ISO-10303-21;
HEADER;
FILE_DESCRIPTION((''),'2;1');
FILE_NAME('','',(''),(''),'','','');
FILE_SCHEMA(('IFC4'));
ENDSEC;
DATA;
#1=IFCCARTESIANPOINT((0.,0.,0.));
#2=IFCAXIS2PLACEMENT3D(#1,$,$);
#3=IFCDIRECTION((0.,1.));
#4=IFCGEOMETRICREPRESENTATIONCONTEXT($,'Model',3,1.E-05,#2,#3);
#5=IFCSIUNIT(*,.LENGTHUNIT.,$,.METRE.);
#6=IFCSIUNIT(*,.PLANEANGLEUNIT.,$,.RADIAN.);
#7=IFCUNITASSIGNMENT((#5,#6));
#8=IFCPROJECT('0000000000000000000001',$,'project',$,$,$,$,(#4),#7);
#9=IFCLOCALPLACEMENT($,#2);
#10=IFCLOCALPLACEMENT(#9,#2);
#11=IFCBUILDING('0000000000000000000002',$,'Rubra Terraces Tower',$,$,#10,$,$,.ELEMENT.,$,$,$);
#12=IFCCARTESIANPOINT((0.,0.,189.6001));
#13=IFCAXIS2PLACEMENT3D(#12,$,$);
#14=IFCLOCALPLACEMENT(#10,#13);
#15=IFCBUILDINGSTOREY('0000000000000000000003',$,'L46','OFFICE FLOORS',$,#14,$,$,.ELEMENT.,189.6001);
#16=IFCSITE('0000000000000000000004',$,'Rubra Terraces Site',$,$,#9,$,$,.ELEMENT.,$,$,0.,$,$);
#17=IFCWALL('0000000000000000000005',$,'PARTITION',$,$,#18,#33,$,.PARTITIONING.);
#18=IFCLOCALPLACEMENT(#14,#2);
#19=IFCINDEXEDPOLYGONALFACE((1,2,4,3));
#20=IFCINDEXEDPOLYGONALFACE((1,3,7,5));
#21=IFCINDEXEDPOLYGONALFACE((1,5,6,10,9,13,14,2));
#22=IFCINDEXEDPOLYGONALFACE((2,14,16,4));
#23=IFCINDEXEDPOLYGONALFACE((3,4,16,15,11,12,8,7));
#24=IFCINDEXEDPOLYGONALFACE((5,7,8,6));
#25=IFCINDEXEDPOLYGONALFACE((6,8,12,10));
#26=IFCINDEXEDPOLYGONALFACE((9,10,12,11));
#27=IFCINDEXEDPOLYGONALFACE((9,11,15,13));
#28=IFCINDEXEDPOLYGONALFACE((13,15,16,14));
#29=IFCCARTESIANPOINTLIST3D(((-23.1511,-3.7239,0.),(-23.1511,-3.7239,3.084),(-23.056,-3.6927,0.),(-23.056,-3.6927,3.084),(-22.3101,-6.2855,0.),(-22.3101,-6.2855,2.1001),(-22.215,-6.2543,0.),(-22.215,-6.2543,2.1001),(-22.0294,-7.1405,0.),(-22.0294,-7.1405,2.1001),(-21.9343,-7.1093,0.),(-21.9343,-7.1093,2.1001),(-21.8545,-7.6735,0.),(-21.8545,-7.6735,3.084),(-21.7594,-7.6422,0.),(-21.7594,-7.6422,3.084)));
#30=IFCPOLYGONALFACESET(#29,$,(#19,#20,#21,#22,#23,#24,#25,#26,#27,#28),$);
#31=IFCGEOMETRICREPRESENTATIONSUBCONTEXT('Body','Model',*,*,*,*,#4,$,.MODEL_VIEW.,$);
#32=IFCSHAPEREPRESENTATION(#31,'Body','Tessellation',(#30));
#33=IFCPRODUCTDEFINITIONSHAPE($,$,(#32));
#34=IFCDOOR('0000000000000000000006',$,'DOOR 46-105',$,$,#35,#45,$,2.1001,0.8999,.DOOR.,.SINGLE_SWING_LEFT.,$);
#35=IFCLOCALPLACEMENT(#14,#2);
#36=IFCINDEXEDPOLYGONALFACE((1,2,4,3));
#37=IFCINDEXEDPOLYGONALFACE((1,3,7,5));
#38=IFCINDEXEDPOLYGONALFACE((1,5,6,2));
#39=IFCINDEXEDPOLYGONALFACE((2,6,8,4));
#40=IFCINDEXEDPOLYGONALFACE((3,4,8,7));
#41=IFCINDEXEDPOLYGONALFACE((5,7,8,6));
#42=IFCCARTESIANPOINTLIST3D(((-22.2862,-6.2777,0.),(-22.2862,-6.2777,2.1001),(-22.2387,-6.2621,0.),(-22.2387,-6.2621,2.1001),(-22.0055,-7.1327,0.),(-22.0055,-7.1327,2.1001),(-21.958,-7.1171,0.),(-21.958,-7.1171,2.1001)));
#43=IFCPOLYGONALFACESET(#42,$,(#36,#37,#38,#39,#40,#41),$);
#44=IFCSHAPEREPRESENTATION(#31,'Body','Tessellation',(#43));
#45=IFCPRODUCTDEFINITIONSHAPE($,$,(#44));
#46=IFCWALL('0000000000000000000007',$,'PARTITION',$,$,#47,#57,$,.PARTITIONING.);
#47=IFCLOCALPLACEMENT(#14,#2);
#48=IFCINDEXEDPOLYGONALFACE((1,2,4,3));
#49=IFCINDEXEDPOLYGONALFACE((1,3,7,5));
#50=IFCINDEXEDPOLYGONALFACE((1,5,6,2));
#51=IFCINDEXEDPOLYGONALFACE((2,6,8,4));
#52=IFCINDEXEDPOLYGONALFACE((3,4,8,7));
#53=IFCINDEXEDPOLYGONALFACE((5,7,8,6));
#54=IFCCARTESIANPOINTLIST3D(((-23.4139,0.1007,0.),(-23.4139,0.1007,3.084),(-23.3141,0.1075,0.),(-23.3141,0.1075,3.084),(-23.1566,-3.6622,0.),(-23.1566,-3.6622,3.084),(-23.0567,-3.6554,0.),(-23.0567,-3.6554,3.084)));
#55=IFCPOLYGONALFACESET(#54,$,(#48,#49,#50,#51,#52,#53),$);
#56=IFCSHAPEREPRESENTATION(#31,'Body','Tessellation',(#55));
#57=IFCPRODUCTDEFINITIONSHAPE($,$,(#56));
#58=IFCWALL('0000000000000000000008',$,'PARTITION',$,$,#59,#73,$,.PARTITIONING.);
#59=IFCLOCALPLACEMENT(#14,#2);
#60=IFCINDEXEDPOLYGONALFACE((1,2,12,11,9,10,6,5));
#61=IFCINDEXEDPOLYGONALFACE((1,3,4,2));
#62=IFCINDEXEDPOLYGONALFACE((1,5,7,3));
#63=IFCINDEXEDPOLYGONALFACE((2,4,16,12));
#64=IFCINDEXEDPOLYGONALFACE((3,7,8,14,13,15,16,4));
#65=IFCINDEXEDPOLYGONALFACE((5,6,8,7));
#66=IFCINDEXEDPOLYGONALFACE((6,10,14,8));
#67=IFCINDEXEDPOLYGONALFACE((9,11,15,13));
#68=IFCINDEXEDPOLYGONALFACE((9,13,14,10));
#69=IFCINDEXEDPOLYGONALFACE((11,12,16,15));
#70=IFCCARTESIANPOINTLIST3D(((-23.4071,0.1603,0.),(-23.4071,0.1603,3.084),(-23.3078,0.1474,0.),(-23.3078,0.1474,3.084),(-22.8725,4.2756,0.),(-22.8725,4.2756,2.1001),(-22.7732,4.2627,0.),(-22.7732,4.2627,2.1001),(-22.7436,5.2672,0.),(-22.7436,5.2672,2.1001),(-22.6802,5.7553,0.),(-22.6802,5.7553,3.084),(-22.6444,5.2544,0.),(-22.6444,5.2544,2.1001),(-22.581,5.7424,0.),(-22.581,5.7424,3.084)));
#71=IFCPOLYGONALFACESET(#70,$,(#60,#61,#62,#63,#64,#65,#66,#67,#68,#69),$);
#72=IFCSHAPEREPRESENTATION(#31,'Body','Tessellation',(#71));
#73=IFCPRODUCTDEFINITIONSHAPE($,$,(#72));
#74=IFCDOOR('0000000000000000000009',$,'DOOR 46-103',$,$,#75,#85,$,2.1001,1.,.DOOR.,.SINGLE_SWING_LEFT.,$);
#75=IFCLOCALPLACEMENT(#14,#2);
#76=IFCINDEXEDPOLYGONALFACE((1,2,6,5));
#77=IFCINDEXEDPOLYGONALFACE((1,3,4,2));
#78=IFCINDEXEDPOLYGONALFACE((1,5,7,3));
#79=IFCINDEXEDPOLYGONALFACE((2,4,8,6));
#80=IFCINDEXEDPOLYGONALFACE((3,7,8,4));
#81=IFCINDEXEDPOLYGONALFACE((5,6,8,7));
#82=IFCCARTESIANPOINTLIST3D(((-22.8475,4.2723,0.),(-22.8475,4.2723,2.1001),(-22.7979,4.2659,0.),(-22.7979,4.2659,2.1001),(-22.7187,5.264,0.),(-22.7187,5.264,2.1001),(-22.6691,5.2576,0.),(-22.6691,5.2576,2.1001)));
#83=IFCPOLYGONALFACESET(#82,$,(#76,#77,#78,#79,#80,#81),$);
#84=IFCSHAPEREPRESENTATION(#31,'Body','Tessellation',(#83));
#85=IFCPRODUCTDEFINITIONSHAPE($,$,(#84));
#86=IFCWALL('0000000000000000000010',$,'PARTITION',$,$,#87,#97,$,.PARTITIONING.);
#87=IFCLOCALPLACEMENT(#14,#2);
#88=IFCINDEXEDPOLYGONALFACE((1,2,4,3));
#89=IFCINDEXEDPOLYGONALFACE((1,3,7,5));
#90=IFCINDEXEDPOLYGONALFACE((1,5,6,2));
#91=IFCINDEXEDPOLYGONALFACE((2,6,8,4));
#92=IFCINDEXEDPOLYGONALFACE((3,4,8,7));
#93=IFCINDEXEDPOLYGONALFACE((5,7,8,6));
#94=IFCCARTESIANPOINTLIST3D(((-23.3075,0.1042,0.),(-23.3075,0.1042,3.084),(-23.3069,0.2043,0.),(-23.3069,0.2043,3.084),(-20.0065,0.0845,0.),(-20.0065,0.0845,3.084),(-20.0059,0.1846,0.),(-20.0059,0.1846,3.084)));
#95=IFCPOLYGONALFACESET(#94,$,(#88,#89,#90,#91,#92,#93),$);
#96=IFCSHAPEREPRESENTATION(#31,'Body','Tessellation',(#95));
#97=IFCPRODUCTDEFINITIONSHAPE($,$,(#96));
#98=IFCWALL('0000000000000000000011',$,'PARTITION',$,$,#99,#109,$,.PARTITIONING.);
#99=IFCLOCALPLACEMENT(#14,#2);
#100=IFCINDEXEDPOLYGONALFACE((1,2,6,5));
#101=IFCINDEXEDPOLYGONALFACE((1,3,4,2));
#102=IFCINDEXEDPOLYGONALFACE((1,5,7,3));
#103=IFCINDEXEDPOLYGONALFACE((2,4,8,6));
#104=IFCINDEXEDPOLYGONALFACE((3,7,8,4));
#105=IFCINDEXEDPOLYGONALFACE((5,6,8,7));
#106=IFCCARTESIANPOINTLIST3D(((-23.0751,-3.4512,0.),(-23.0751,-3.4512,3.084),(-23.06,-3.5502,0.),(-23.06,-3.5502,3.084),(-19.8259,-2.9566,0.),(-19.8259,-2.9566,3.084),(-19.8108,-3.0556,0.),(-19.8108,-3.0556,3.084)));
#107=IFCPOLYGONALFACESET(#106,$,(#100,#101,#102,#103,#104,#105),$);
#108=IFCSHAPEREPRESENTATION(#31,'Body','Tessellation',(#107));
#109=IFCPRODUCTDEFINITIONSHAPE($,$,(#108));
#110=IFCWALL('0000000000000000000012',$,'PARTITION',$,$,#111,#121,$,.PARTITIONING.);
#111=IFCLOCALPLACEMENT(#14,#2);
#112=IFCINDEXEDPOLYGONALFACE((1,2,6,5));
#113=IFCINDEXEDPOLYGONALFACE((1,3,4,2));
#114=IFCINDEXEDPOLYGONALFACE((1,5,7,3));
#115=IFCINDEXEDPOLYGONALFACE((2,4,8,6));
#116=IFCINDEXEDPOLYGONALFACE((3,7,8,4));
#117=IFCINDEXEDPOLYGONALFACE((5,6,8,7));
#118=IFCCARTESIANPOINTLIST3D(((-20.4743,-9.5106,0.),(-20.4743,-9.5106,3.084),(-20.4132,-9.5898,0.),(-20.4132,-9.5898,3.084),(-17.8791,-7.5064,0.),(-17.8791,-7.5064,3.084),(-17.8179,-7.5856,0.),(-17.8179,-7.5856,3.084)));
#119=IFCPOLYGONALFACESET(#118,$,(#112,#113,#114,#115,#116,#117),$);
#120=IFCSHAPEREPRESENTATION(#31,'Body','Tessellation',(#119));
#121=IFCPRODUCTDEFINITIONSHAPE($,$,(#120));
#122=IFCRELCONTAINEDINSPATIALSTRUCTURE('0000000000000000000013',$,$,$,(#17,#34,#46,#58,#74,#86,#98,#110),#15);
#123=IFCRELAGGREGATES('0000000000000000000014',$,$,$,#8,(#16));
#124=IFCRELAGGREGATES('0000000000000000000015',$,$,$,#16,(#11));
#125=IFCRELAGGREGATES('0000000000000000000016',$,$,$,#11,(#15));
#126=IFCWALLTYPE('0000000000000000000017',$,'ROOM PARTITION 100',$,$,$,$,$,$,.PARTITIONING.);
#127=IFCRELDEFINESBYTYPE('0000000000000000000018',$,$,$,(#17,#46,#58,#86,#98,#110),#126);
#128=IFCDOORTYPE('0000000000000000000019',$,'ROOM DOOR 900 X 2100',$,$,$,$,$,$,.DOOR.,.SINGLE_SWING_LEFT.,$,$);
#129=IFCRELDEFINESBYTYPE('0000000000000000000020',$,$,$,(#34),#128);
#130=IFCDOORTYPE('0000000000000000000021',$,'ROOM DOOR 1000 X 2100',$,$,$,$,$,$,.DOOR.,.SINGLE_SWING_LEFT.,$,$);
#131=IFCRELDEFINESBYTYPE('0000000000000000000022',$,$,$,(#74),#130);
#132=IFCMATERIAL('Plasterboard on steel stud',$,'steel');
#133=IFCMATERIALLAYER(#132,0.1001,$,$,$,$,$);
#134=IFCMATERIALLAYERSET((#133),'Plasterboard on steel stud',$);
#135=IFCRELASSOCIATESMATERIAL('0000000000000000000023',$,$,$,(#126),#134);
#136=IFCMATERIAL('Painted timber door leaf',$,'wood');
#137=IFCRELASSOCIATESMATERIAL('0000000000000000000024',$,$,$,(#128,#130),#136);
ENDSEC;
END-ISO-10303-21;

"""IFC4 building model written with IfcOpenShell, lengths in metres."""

from ifc_helpers import new_model, si_unit, direction, frame, frame_2d, origin, place, context, subcontext, project, spatial, rectangle, extrude, material, layer, layer_set, type_object, element, fill, save


model = new_model("IFC4")

# Units and contexts
model_context = context("Model", 3, precision=1e-05, world=origin(), true_north=direction((0.0, 1.0)))
body_context = subcontext(model_context, "Body", "Model", "MODEL_VIEW")
ifc_project = project(units=[si_unit("LENGTHUNIT", "METRE"), si_unit("PLANEANGLEUNIT", "RADIAN")], contexts=[model_context])

# Site, building, storey
site_placement = place(None, origin())
site = spatial("IfcSite", under=ifc_project, at=site_placement, Name="Rubra Terraces Site", CompositionType="ELEMENT", RefElevation=0.0)
building_placement = place(site_placement, origin())
building = spatial("IfcBuilding", under=site, at=building_placement, Name="Rubra Terraces Tower", CompositionType="ELEMENT")
storey_placement = place(building_placement, frame((0.0, 0.0, 189.6001)))
storey = spatial("IfcBuildingStorey", under=building, at=storey_placement, Name="L46", Description="OFFICE FLOORS", CompositionType="ELEMENT", Elevation=189.6001)

# Wall, opening, door
ifc_material_1 = material(Name="Plasterboard on steel stud", Category="steel")
ifc_layer_1 = layer(ifc_material_1, 0.1001)
ifc_layer_set_1 = layer_set([ifc_layer_1], Name="Plasterboard on steel stud")
wall_type_1 = type_object("IfcWallType", Name="ROOM PARTITION 100", PredefinedType="PARTITIONING", material=ifc_layer_set_1)
wall_1_placement = place(storey_placement, frame((-21.8069, -7.658, 0.0), z_axis=(0.0, 0.0, 1.0), x_axis=(-0.311925, 0.950107, 0.0)))
wall_1 = element("IfcWall", 1, at=wall_1_placement, inside=storey, type_object=wall_type_1, Name="PARTITION", PredefinedType="PARTITIONING", context=body_context, shape_type="SweptSolid", body=[
    extrude(rectangle(XDim=4.157, YDim=0.1001, at=frame_2d((2.0786, 0.0))), origin(), (0.0, 0.0, 1.0), 3.084),
])
opening_1_placement = place(wall_1_placement, frame((0.561, 0.0, 0.0)))
opening_1 = element("IfcOpeningElement", 2, at=opening_1_placement, cuts=wall_1, PredefinedType="OPENING", context=body_context, shape_type="SweptSolid", body=[
    extrude(rectangle(XDim=0.8999, YDim=2.1001, at=frame_2d((0.45, 1.05))), frame((0.0, 0.0601, 0.0), z_axis=(0.0, -1.0, 0.0), x_axis=(1.0, 0.0, 0.0)), (0.0, 0.0, 1.0), 0.1201),
])
ifc_material_2 = material(Name="Painted timber door leaf", Category="wood")
door_type_1 = type_object("IfcDoorType", Name="ROOM DOOR 900 X 2100", OperationType="SINGLE_SWING_LEFT", PredefinedType="DOOR", material=ifc_material_2)
door_1_placement = place(opening_1_placement, origin())
door_1 = element("IfcDoor", 3, at=door_1_placement, inside=storey, type_object=door_type_1, Name="DOOR 46-105", OperationType="SINGLE_SWING_LEFT", OverallHeight=2.1001, OverallWidth=0.8999, PredefinedType="DOOR", context=body_context, shape_type="SweptSolid", body=[
    extrude(rectangle(XDim=0.8999, YDim=2.1001, at=frame_2d((0.45, 1.05))), frame((0.0, 0.0249, 0.0), z_axis=(0.0, -1.0, 0.0), x_axis=(1.0, 0.0, 0.0)), (0.0, 0.0, 1.0), 0.05),
])
fill(opening_1, door_1)

# Wall
wall_2_placement = place(storey_placement, frame((-23.1067, -3.6587, 0.0), z_axis=(0.0, 0.0, 1.0), x_axis=(-0.068224, 0.99767, 0.0)))
element("IfcWall", 4, at=wall_2_placement, inside=storey, type_object=wall_type_1, Name="PARTITION", PredefinedType="PARTITIONING", context=body_context, shape_type="SweptSolid", body=[
    extrude(rectangle(XDim=3.7717, YDim=0.1001, at=frame_2d((1.8857, 0.0))), origin(), (0.0, 0.0, 1.0), 3.084),
])

# Wall, opening, door
wall_3_placement = place(storey_placement, frame((-23.3574, 0.1538, 0.0), z_axis=(0.0, 0.0, 1.0), x_axis=(0.128821, 0.991668, 0.0)))
wall_3 = element("IfcWall", 5, at=wall_3_placement, inside=storey, type_object=wall_type_1, Name="PARTITION", PredefinedType="PARTITIONING", context=body_context, shape_type="SweptSolid", body=[
    extrude(rectangle(XDim=5.6421, YDim=0.1001, at=frame_2d((2.821, 0.0))), origin(), (0.0, 0.0, 1.0), 3.084),
])
opening_2_placement = place(wall_3_placement, frame((4.1499, 0.0, 0.0)))
opening_2 = element("IfcOpeningElement", 6, at=opening_2_placement, cuts=wall_3, PredefinedType="OPENING", context=body_context, shape_type="SweptSolid", body=[
    extrude(rectangle(XDim=1.0, YDim=2.1001, at=frame_2d((0.5, 1.05))), frame((0.0, 0.0601, 0.0), z_axis=(0.0, -1.0, 0.0), x_axis=(1.0, 0.0, 0.0)), (0.0, 0.0, 1.0), 0.1201),
])
door_type_2 = type_object("IfcDoorType", Name="ROOM DOOR 1000 X 2100", OperationType="SINGLE_SWING_LEFT", PredefinedType="DOOR", material=ifc_material_2)
door_2_placement = place(opening_2_placement, origin())
door_2 = element("IfcDoor", 7, at=door_2_placement, inside=storey, type_object=door_type_2, Name="DOOR 46-103", OperationType="SINGLE_SWING_LEFT", OverallHeight=2.1001, OverallWidth=1.0, PredefinedType="DOOR", context=body_context, shape_type="SweptSolid", body=[
    extrude(rectangle(XDim=1.0, YDim=2.1001, at=frame_2d((0.5, 1.05))), frame((0.0, 0.0249, 0.0), z_axis=(0.0, -1.0, 0.0), x_axis=(1.0, 0.0, 0.0)), (0.0, 0.0, 1.0), 0.05),
])
fill(opening_2, door_2)

# Walls
wall_4_placement = place(storey_placement, frame((-20.0063, 0.1345, 0.0), z_axis=(0.0, 0.0, 1.0), x_axis=(-0.999982, 0.005991, 0.0)))
element("IfcWall", 8, at=wall_4_placement, inside=storey, type_object=wall_type_1, Name="PARTITION", PredefinedType="PARTITIONING", context=body_context, shape_type="SweptSolid", body=[
    extrude(rectangle(XDim=3.301, YDim=0.1001, at=frame_2d((1.6504, 0.0))), origin(), (0.0, 0.0, 1.0), 3.084),
])
wall_5_placement = place(storey_placement, frame((-19.8184, -3.0061, 0.0), z_axis=(0.0, 0.0, 1.0), x_axis=(-0.988611, -0.150494, 0.0)))
element("IfcWall", 9, at=wall_5_placement, inside=storey, type_object=wall_type_1, Name="PARTITION", PredefinedType="PARTITIONING", context=body_context, shape_type="SweptSolid", body=[
    extrude(rectangle(XDim=3.2866, YDim=0.1001, at=frame_2d((1.6433, 0.0))), origin(), (0.0, 0.0, 1.0), 3.084),
])
wall_6_placement = place(storey_placement, frame((-17.8484, -7.5459, 0.0), z_axis=(0.0, 0.0, 1.0), x_axis=(-0.791468, -0.61121, 0.0)))
element("IfcWall", 10, at=wall_6_placement, inside=storey, type_object=wall_type_1, Name="PARTITION", PredefinedType="PARTITIONING", context=body_context, shape_type="SweptSolid", body=[
    extrude(rectangle(XDim=3.2791, YDim=0.1001, at=frame_2d((1.6396, 0.0))), origin(), (0.0, 0.0, 1.0), 3.084),
])

save(model, "model.ifc")
